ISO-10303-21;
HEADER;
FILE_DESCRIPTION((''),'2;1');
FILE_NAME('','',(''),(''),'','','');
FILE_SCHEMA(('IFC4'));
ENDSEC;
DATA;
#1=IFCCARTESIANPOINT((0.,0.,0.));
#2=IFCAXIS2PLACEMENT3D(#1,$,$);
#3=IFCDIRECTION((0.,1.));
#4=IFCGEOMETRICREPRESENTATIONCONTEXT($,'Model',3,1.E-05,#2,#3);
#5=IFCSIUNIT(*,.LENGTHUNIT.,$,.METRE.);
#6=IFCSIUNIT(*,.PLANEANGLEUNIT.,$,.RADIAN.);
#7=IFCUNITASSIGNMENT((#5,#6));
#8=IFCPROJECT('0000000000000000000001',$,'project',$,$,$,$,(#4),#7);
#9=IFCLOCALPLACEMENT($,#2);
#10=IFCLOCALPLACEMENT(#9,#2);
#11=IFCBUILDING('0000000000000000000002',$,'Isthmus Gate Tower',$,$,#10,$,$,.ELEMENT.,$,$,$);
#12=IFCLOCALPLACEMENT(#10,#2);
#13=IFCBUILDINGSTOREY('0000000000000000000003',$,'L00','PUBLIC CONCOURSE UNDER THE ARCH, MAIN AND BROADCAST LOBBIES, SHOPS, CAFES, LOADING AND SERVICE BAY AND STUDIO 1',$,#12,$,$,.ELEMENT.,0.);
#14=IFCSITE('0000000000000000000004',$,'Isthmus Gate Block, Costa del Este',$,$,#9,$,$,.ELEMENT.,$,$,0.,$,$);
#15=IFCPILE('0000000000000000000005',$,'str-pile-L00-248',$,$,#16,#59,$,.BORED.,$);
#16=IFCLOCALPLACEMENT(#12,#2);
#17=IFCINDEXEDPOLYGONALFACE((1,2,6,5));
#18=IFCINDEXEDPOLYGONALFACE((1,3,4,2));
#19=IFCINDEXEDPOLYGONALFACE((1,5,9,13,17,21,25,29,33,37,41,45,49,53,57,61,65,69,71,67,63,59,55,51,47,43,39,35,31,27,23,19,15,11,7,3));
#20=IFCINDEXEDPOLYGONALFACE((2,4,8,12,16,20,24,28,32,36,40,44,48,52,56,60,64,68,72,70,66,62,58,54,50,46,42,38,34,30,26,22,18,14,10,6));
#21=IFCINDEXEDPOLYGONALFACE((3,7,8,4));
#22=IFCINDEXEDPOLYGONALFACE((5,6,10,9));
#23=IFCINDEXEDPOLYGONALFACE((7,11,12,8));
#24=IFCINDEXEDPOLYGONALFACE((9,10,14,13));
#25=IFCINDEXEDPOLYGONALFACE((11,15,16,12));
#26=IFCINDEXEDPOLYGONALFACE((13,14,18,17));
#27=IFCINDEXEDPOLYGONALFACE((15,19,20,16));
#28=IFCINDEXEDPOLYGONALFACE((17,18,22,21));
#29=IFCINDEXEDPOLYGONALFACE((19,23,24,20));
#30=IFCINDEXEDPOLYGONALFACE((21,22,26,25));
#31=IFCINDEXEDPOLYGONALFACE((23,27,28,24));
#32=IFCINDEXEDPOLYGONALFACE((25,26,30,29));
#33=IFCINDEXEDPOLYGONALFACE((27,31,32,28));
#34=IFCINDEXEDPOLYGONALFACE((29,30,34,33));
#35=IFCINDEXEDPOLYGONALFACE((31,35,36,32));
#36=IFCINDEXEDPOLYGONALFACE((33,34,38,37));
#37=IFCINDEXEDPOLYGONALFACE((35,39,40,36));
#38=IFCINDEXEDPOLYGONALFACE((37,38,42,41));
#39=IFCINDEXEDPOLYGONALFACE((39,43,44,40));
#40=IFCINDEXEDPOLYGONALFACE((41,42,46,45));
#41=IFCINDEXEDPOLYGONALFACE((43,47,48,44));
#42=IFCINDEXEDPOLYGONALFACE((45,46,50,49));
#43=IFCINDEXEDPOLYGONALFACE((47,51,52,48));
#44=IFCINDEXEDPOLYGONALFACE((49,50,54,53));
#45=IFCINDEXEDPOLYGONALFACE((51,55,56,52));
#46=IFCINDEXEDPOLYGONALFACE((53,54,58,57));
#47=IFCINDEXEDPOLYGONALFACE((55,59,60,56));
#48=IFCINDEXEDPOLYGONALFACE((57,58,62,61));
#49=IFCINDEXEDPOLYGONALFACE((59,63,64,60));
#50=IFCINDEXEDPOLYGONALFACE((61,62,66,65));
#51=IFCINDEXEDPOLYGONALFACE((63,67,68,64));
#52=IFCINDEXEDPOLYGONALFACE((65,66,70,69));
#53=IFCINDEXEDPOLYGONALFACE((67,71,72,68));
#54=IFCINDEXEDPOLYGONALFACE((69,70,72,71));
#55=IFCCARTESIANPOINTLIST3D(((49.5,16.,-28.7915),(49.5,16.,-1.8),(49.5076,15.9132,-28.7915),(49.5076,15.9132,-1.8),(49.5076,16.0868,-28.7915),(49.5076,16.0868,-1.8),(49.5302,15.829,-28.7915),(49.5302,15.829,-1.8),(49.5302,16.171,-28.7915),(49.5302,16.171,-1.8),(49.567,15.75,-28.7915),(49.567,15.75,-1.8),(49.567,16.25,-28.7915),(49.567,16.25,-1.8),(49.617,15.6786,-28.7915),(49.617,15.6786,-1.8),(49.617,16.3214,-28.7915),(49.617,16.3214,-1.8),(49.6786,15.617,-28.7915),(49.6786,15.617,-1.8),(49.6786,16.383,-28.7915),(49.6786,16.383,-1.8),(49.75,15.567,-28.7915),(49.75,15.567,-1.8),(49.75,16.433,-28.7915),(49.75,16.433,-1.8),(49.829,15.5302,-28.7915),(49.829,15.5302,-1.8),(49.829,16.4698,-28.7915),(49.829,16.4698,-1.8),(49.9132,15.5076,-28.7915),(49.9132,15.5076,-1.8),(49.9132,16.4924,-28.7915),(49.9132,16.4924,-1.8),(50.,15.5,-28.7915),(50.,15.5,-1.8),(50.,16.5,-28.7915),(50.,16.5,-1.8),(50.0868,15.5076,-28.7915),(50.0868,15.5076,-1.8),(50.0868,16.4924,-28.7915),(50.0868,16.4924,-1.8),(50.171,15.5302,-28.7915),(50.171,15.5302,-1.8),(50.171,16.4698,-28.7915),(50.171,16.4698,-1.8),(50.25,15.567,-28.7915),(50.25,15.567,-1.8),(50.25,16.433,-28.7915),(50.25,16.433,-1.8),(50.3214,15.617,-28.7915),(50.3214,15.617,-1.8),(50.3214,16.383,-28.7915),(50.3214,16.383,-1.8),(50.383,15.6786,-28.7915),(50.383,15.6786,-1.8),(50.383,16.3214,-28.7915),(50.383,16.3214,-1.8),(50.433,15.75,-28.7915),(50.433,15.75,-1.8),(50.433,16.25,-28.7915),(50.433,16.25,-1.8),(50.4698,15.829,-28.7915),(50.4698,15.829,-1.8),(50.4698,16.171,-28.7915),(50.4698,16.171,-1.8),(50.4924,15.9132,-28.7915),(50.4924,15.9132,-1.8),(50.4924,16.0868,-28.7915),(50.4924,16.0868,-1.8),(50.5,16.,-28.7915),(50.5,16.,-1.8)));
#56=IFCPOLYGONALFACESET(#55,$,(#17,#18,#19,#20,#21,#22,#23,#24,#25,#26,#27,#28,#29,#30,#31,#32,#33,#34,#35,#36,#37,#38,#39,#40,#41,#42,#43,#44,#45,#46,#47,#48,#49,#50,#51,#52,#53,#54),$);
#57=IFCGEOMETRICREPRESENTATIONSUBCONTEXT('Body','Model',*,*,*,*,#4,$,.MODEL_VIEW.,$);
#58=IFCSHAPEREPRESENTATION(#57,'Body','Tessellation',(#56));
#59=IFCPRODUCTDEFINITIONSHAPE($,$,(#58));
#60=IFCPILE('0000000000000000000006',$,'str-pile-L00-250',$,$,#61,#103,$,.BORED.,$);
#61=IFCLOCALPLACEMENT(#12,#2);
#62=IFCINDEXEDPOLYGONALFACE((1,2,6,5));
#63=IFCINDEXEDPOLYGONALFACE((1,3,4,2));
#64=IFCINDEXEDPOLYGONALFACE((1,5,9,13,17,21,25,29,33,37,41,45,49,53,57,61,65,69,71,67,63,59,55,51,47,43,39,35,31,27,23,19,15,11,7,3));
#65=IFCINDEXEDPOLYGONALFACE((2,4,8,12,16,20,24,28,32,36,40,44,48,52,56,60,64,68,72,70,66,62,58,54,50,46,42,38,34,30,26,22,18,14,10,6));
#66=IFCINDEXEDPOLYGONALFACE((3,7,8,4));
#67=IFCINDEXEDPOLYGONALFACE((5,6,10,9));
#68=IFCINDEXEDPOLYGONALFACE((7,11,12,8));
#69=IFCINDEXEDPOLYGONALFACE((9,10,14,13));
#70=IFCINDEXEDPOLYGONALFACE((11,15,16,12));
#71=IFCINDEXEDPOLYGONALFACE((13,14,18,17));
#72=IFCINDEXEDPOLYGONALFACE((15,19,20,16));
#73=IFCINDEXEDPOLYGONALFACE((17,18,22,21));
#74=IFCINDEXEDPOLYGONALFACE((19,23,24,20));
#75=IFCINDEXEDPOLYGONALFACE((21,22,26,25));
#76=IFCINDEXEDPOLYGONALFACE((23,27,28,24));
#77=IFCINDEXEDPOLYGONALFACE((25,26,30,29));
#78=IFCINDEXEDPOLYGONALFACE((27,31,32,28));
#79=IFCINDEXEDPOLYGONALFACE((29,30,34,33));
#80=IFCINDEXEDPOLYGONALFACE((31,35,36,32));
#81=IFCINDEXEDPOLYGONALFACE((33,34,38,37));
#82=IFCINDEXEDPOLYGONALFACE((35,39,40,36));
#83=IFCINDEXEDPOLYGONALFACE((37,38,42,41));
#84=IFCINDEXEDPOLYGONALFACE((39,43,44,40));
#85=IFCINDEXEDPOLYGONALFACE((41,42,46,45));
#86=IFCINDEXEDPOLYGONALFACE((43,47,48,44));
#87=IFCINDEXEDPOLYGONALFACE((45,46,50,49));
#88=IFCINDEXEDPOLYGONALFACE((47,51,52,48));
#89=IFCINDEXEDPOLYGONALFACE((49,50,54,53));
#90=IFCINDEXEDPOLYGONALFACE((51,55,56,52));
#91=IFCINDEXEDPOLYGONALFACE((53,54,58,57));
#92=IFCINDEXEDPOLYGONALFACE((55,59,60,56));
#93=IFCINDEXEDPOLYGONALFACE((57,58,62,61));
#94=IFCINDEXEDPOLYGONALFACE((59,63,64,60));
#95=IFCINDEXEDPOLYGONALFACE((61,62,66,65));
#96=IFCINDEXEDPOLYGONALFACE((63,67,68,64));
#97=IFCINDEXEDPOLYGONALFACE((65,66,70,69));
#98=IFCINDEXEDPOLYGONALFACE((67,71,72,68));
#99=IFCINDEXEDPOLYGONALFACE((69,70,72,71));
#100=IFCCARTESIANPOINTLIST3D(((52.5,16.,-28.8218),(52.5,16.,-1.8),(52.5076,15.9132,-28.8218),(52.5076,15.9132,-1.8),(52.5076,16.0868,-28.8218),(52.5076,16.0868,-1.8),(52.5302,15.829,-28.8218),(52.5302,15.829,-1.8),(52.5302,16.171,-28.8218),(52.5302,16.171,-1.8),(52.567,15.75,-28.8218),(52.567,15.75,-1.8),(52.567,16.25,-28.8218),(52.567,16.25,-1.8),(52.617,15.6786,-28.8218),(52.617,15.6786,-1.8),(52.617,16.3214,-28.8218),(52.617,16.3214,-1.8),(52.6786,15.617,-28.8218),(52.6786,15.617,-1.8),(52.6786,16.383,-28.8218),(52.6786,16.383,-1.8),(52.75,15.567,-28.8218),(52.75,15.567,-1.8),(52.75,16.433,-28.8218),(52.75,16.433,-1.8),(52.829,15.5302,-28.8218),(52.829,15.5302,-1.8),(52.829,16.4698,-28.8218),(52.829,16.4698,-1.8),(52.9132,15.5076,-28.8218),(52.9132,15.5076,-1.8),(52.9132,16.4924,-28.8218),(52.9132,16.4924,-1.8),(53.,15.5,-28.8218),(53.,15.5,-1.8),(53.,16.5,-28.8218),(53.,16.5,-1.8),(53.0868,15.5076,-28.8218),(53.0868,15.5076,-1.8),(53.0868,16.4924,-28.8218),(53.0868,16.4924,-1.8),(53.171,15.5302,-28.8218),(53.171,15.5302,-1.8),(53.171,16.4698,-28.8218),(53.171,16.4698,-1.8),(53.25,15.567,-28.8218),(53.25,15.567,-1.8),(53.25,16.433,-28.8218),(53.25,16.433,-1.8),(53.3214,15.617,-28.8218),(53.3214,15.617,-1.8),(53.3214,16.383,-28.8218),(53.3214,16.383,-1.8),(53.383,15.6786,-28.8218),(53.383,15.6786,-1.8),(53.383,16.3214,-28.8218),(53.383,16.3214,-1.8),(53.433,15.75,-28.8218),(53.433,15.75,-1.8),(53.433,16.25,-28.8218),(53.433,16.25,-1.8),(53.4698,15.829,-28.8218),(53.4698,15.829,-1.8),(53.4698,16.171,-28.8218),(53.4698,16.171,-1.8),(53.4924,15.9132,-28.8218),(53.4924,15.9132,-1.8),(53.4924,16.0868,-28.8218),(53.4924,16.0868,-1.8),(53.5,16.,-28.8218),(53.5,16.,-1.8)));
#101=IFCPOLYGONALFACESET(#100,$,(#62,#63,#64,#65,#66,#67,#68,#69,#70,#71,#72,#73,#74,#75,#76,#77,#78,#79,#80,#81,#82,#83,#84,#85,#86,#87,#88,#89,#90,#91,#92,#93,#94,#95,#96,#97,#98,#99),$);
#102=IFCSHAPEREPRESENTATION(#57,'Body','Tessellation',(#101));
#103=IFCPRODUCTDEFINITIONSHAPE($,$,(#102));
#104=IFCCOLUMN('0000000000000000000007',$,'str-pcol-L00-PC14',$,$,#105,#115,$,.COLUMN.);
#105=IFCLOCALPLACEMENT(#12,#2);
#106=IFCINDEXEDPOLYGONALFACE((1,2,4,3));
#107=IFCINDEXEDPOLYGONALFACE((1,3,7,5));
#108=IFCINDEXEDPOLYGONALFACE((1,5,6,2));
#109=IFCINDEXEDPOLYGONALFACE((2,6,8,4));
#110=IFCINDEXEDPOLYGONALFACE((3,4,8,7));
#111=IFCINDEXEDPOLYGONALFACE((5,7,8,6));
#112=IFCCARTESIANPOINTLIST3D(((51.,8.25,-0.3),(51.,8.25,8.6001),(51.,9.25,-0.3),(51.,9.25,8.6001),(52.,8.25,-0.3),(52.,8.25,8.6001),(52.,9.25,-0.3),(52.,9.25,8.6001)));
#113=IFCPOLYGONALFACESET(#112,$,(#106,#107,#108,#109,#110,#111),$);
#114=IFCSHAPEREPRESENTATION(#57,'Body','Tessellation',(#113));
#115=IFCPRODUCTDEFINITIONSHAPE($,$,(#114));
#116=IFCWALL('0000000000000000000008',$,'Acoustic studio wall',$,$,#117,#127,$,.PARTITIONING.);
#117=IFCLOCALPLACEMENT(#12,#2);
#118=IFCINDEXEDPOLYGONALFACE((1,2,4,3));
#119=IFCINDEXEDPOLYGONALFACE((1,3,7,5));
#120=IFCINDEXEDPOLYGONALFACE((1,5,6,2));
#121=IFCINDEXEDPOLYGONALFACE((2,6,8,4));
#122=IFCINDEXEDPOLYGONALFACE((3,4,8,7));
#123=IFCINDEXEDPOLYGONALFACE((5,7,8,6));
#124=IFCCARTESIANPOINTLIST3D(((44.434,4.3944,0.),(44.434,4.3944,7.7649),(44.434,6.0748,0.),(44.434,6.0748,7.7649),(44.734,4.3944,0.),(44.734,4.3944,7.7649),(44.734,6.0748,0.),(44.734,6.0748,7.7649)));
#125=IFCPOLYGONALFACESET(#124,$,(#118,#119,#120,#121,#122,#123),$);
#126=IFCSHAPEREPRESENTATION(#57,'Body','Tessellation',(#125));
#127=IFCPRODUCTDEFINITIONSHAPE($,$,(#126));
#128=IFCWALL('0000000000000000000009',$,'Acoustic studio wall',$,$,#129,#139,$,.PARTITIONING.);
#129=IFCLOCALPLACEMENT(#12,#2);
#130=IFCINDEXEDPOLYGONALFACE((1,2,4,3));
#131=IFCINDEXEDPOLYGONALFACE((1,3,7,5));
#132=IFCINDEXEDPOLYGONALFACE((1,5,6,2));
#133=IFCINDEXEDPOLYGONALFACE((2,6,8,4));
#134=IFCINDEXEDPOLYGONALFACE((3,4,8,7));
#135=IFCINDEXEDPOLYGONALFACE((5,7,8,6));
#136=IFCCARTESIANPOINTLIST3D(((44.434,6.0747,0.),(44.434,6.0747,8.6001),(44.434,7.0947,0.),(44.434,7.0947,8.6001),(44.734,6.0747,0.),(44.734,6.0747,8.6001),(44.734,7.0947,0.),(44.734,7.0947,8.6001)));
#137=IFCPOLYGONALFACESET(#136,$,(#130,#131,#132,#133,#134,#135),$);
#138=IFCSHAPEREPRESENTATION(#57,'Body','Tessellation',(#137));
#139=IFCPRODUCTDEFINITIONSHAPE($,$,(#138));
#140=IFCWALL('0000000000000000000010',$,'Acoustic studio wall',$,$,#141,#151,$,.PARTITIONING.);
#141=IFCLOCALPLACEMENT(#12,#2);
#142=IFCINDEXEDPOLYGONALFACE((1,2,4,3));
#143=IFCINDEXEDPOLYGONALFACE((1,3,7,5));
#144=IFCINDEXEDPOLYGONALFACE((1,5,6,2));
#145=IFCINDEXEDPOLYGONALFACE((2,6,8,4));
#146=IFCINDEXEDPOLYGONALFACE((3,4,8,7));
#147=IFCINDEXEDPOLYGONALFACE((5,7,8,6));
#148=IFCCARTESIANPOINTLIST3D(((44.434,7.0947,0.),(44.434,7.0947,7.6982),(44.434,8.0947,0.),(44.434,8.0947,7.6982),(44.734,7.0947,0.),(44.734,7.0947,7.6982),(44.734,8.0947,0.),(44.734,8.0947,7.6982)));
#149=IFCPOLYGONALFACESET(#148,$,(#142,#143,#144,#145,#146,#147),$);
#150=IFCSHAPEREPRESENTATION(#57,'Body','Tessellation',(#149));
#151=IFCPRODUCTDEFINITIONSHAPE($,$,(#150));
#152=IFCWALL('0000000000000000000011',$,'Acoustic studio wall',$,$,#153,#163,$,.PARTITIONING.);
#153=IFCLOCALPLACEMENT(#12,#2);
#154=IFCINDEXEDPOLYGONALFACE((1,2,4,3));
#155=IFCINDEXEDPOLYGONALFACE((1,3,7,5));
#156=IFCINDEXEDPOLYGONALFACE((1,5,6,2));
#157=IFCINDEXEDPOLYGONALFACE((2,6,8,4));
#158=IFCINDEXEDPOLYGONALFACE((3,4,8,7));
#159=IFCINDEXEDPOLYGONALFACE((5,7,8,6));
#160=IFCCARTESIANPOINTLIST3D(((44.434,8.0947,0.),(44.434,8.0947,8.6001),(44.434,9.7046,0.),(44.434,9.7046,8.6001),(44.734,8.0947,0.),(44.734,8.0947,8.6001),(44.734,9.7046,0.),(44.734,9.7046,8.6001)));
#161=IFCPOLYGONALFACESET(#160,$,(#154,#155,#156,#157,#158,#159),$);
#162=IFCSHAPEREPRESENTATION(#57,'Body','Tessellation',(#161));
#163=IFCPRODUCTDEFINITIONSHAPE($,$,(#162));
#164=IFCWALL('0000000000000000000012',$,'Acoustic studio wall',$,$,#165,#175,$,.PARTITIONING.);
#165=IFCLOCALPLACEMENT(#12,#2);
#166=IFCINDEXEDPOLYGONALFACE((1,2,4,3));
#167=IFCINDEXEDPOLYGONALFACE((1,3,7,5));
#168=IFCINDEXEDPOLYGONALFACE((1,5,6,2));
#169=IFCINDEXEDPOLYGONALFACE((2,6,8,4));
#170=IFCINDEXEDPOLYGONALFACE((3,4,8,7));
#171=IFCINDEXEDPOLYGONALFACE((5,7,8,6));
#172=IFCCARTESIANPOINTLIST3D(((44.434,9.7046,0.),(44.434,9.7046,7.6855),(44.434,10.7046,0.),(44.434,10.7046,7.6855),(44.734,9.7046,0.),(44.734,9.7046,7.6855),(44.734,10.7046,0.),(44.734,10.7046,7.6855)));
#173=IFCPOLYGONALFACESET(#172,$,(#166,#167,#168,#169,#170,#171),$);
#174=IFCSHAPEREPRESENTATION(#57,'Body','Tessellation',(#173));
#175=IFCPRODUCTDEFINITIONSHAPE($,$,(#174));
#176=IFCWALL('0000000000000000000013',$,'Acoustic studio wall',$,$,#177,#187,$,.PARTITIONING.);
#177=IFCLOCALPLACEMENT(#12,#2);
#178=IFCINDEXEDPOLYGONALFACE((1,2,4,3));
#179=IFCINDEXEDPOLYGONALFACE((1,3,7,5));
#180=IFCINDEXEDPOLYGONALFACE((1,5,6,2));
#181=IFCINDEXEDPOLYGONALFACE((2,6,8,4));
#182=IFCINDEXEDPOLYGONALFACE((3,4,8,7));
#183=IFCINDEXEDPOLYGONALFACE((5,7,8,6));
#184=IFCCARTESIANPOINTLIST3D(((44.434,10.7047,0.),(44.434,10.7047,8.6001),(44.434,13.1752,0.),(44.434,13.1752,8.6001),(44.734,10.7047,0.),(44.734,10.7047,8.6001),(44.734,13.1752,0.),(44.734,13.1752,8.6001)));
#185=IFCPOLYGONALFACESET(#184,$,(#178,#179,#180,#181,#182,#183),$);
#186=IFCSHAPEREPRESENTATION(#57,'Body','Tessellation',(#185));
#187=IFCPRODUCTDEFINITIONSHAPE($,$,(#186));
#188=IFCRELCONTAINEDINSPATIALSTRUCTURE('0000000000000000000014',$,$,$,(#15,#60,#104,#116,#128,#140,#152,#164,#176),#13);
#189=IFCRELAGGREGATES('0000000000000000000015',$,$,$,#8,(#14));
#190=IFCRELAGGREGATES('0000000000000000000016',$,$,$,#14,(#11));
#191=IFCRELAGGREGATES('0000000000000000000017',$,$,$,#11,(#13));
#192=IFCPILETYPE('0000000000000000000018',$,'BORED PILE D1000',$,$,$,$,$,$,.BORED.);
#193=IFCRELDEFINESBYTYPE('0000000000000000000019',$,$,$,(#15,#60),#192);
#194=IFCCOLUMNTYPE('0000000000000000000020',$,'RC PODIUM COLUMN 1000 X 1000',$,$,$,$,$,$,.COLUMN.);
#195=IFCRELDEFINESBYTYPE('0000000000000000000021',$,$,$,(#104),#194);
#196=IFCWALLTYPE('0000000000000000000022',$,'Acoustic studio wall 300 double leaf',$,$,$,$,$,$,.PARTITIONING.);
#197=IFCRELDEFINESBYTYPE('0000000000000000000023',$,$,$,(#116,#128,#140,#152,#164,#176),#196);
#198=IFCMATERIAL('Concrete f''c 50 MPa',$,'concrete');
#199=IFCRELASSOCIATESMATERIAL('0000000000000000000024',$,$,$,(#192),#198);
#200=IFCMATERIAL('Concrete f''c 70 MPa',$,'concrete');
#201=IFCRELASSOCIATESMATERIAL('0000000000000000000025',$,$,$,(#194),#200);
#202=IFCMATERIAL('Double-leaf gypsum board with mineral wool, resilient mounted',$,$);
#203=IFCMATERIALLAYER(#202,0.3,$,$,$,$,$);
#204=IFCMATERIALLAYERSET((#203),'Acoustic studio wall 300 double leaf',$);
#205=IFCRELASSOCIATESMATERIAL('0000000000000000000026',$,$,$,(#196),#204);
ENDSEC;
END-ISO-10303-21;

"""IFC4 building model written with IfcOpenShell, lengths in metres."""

from ifc_helpers import new_model, si_unit, direction, frame, frame_2d, origin, origin_2d, place, context, subcontext, project, spatial, rectangle, circle, extrude, material, layer, layer_set, material_profile, profile_set, type_object, element, save


model = new_model("IFC4")

# Units and contexts
model_context = context("Model", 3, precision=1e-05, world=origin(), true_north=direction((0.0, 1.0)))
body_context = subcontext(model_context, "Body", "Model", "MODEL_VIEW")
ifc_project = project(units=[si_unit("LENGTHUNIT", "METRE"), si_unit("PLANEANGLEUNIT", "RADIAN")], contexts=[model_context])

# Site, building, storey
site_placement = place(None, origin())
site = spatial("IfcSite", under=ifc_project, at=site_placement, Name="Isthmus Gate Block, Costa del Este", CompositionType="ELEMENT", RefElevation=0.0)
building_placement = place(site_placement, origin())
building = spatial("IfcBuilding", under=site, at=building_placement, Name="Isthmus Gate Tower", CompositionType="ELEMENT")
storey_placement = place(building_placement, origin())
storey = spatial("IfcBuildingStorey", under=building, at=storey_placement, Name="L00", Description="PUBLIC CONCOURSE UNDER THE ARCH, MAIN AND BROADCAST LOBBIES, SHOPS, CAFES, LOADING AND SERVICE BAY AND STUDIO 1", CompositionType="ELEMENT", Elevation=0.0)

# Piles
ifc_material_1 = material(Name="Concrete f'c 50 MPa", Category="concrete")
ifc_material_profile_1 = material_profile(ifc_material_1, circle(Radius=0.5, at=origin_2d()), Name="D1000")
ifc_profile_set_1 = profile_set([ifc_material_profile_1], Name="Concrete f'c 50 MPa")
pile_type = type_object("IfcPileType", Name="BORED PILE D1000", PredefinedType="BORED", material=ifc_profile_set_1)
pile_1_placement = place(storey_placement, frame((50.0, 16.0, -1.8), z_axis=(0.0, 0.0, -1.0), x_axis=(1.0, 0.0, 0.0)))
element("IfcPile", 1, at=pile_1_placement, inside=storey, type_object=pile_type, Name="str-pile-L00-248", PredefinedType="BORED", context=body_context, shape_type="SweptSolid", body=[
    extrude(circle(Radius=0.5, at=origin_2d()), origin(), (0.0, 0.0, 1.0), 26.9915),
])
pile_2_placement = place(storey_placement, frame((53.0, 16.0, -1.8), z_axis=(0.0, 0.0, -1.0), x_axis=(1.0, 0.0, 0.0)))
element("IfcPile", 2, at=pile_2_placement, inside=storey, type_object=pile_type, Name="str-pile-L00-250", PredefinedType="BORED", context=body_context, shape_type="SweptSolid", body=[
    extrude(circle(Radius=0.5, at=origin_2d()), origin(), (0.0, 0.0, 1.0), 27.0217),
])

# Column
ifc_material_2 = material(Name="Concrete f'c 70 MPa", Category="concrete")
ifc_material_profile_2 = material_profile(ifc_material_2, rectangle(XDim=1.0, YDim=1.0, at=origin_2d()), Name="RC 1000X1000")
ifc_profile_set_2 = profile_set([ifc_material_profile_2], Name="Concrete f'c 70 MPa")
column_type = type_object("IfcColumnType", Name="RC PODIUM COLUMN 1000 X 1000", PredefinedType="COLUMN", material=ifc_profile_set_2)
column_placement = place(storey_placement, frame((51.5, 8.75, -0.3), z_axis=(0.0, 0.0, 1.0), x_axis=(0.0, 1.0, 0.0)))
element("IfcColumn", 3, at=column_placement, inside=storey, type_object=column_type, Name="str-pcol-L00-PC14", PredefinedType="COLUMN", context=body_context, shape_type="SweptSolid", body=[
    extrude(rectangle(XDim=1.0, YDim=1.0, at=origin_2d()), origin(), (0.0, 0.0, 1.0), 8.9001),
])

# Walls
ifc_material_3 = material(Name="Double-leaf gypsum board with mineral wool, resilient mounted")
ifc_layer_1 = layer(ifc_material_3, 0.3)
ifc_layer_set_1 = layer_set([ifc_layer_1], Name="Acoustic studio wall 300 double leaf")
wall_type_1 = type_object("IfcWallType", Name="Acoustic studio wall 300 double leaf", PredefinedType="PARTITIONING", material=ifc_layer_set_1)
wall_1_placement = place(storey_placement, frame((44.584, 4.3943, 0.0), z_axis=(0.0, 0.0, 1.0), x_axis=(0.0, 1.0, 0.0)))
element("IfcWall", 4, at=wall_1_placement, inside=storey, type_object=wall_type_1, Name="Acoustic studio wall", PredefinedType="PARTITIONING", context=body_context, shape_type="SweptSolid", body=[
    extrude(rectangle(XDim=1.6804, YDim=0.3, at=frame_2d((0.8403, 0.0))), origin(), (0.0, 0.0, 1.0), 7.7649),
])
wall_2_placement = place(storey_placement, frame((44.584, 6.0747, 0.0), z_axis=(0.0, 0.0, 1.0), x_axis=(0.0, 1.0, 0.0)))
element("IfcWall", 5, at=wall_2_placement, inside=storey, type_object=wall_type_1, Name="Acoustic studio wall", PredefinedType="PARTITIONING", context=body_context, shape_type="SweptSolid", body=[
    extrude(rectangle(XDim=1.02, YDim=0.3, at=frame_2d((0.51, 0.0))), origin(), (0.0, 0.0, 1.0), 8.6001),
])
wall_3_placement = place(storey_placement, frame((44.584, 7.0947, 0.0), z_axis=(0.0, 0.0, 1.0), x_axis=(0.0, 1.0, 0.0)))
element("IfcWall", 6, at=wall_3_placement, inside=storey, type_object=wall_type_1, Name="Acoustic studio wall", PredefinedType="PARTITIONING", context=body_context, shape_type="SweptSolid", body=[
    extrude(rectangle(XDim=1.0, YDim=0.3, at=frame_2d((0.5, 0.0))), origin(), (0.0, 0.0, 1.0), 7.6982),
])
wall_4_placement = place(storey_placement, frame((44.584, 8.0947, 0.0), z_axis=(0.0, 0.0, 1.0), x_axis=(0.0, 1.0, 0.0)))
element("IfcWall", 7, at=wall_4_placement, inside=storey, type_object=wall_type_1, Name="Acoustic studio wall", PredefinedType="PARTITIONING", context=body_context, shape_type="SweptSolid", body=[
    extrude(rectangle(XDim=1.6099, YDim=0.3, at=frame_2d((0.8049, 0.0))), origin(), (0.0, 0.0, 1.0), 8.6001),
])
wall_5_placement = place(storey_placement, frame((44.584, 9.7046, 0.0), z_axis=(0.0, 0.0, 1.0), x_axis=(0.0, 1.0, 0.0)))
element("IfcWall", 8, at=wall_5_placement, inside=storey, type_object=wall_type_1, Name="Acoustic studio wall", PredefinedType="PARTITIONING", context=body_context, shape_type="SweptSolid", body=[
    extrude(rectangle(XDim=1.0, YDim=0.3, at=frame_2d((0.5, 0.0))), origin(), (0.0, 0.0, 1.0), 7.6855),
])
wall_6_placement = place(storey_placement, frame((44.584, 10.7046, 0.0), z_axis=(0.0, 0.0, 1.0), x_axis=(0.0, 1.0, 0.0)))
element("IfcWall", 9, at=wall_6_placement, inside=storey, type_object=wall_type_1, Name="Acoustic studio wall", PredefinedType="PARTITIONING", context=body_context, shape_type="SweptSolid", body=[
    extrude(rectangle(XDim=2.4705, YDim=0.3, at=frame_2d((1.2354, 0.0))), origin(), (0.0, 0.0, 1.0), 8.6001),
])

save(model, "model.ifc")
